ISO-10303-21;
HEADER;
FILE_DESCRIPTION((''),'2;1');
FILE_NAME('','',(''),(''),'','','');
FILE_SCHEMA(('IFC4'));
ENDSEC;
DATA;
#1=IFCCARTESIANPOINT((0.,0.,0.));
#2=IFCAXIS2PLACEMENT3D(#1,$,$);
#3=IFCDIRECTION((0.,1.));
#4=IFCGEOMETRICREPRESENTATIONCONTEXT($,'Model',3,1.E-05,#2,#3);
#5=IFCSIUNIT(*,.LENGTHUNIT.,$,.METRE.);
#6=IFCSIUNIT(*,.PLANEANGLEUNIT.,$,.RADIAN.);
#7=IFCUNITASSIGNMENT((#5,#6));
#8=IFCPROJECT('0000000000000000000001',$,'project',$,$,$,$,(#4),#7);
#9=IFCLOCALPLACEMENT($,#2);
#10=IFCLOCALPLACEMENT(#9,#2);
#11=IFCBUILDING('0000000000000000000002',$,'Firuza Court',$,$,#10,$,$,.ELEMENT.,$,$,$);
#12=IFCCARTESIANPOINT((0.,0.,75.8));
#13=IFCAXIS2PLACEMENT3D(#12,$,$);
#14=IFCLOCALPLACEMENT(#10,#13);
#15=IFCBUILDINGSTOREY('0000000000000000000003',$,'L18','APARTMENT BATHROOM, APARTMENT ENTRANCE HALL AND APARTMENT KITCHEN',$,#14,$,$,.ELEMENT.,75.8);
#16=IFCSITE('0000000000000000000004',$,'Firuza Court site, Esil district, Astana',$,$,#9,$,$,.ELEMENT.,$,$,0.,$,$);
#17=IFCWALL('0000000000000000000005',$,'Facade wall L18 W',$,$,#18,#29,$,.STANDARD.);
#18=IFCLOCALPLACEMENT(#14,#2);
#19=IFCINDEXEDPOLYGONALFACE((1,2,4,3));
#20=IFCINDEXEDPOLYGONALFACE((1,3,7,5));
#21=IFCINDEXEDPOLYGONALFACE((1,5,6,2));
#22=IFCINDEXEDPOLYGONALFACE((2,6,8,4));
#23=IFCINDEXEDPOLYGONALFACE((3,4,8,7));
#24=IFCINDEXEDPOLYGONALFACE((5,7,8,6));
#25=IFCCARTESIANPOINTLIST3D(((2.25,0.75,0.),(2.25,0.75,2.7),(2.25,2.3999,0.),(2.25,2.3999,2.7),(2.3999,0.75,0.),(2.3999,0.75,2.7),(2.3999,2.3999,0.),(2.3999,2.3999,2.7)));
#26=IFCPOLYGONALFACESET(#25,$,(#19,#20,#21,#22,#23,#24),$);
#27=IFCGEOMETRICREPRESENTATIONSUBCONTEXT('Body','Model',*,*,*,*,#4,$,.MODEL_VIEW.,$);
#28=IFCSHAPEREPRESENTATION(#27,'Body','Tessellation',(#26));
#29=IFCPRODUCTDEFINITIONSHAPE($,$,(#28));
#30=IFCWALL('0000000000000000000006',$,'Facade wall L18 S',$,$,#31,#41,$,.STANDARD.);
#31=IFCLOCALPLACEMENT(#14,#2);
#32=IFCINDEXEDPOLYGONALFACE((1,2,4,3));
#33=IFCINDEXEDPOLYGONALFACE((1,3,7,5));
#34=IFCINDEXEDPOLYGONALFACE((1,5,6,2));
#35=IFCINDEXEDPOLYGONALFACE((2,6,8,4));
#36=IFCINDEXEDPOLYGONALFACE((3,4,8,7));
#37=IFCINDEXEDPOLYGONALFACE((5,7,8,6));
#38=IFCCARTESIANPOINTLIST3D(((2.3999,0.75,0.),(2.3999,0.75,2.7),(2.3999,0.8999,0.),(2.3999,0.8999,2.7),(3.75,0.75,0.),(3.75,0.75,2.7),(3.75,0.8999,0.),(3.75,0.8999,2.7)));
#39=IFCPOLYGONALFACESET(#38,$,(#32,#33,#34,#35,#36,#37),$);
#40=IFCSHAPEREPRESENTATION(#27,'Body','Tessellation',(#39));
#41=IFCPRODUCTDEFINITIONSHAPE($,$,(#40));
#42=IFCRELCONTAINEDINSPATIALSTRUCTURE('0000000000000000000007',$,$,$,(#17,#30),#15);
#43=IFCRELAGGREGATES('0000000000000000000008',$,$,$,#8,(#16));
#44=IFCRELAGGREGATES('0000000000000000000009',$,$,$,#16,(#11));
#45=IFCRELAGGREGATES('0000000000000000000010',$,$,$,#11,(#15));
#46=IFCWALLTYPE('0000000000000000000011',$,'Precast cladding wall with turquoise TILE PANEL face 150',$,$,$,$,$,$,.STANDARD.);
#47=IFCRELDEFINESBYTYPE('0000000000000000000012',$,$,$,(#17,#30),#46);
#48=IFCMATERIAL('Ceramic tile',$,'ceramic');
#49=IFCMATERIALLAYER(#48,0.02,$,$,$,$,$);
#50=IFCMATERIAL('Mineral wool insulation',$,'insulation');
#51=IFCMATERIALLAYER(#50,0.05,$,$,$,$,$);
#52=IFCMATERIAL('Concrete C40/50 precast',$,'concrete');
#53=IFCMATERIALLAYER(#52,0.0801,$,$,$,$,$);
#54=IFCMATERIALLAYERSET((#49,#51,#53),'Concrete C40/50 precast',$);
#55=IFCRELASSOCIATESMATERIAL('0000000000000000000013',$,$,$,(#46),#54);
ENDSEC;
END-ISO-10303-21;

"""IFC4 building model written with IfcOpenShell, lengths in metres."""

from ifc_helpers import new_model, si_unit, direction, frame, frame_2d, origin, place, context, subcontext, project, spatial, rectangle, extrude, material, layer, layer_set, type_object, element, save


model = new_model("IFC4")

# Units and contexts
model_context = context("Model", 3, precision=1e-05, world=origin(), true_north=direction((0.0, 1.0)))
body_context = subcontext(model_context, "Body", "Model", "MODEL_VIEW")
ifc_project = project(units=[si_unit("LENGTHUNIT", "METRE"), si_unit("PLANEANGLEUNIT", "RADIAN")], contexts=[model_context])

# Site, building, storey
site_placement = place(None, origin())
site = spatial("IfcSite", under=ifc_project, at=site_placement, Name="Firuza Court site, Esil district, Astana", CompositionType="ELEMENT", RefElevation=0.0)
building_placement = place(site_placement, origin())
building = spatial("IfcBuilding", under=site, at=building_placement, Name="Firuza Court", CompositionType="ELEMENT")
storey_placement = place(building_placement, frame((0.0, 0.0, 75.8)))
storey = spatial("IfcBuildingStorey", under=building, at=storey_placement, Name="L18", Description="APARTMENT BATHROOM, APARTMENT ENTRANCE HALL AND APARTMENT KITCHEN", CompositionType="ELEMENT", Elevation=75.8)

# Shared definitions
ifc_material_1 = material(Name="Concrete C40/50 precast", Category="concrete")

# Walls
ifc_material_2 = material(Name="Ceramic tile", Category="ceramic")
ifc_layer_1 = layer(ifc_material_2, 0.02)
ifc_material_3 = material(Name="Mineral wool insulation", Category="insulation")
ifc_layer_2 = layer(ifc_material_3, 0.05)
ifc_layer_3 = layer(ifc_material_1, 0.0801)
ifc_layer_set_1 = layer_set([ifc_layer_1, ifc_layer_2, ifc_layer_3], Name="Concrete C40/50 precast")
wall_type_1 = type_object("IfcWallType", Name="Precast cladding wall with turquoise TILE PANEL face 150", PredefinedType="STANDARD", material=ifc_layer_set_1)
wall_1_placement = place(storey_placement, frame((2.325, 2.3999, 0.0), z_axis=(0.0, 0.0, 1.0), x_axis=(0.0, -1.0, 0.0)))
element("IfcWall", 1, at=wall_1_placement, inside=storey, type_object=wall_type_1, Name="Facade wall L18 W", PredefinedType="STANDARD", context=body_context, shape_type="SweptSolid", body=[
    extrude(rectangle(XDim=1.6499, YDim=0.1499, at=frame_2d((0.825, 0.0))), origin(), (0.0, 0.0, 1.0), 2.7),
])
wall_2_placement = place(storey_placement, frame((2.3999, 0.825, 0.0), z_axis=(0.0, 0.0, 1.0), x_axis=(1.0, 0.0, 0.0)))
element("IfcWall", 2, at=wall_2_placement, inside=storey, type_object=wall_type_1, Name="Facade wall L18 S", PredefinedType="STANDARD", context=body_context, shape_type="SweptSolid", body=[
    extrude(rectangle(XDim=1.3501, YDim=0.1499, at=frame_2d((0.675, 0.0))), origin(), (0.0, 0.0, 1.0), 2.7),
])

save(model, "model.ifc")
